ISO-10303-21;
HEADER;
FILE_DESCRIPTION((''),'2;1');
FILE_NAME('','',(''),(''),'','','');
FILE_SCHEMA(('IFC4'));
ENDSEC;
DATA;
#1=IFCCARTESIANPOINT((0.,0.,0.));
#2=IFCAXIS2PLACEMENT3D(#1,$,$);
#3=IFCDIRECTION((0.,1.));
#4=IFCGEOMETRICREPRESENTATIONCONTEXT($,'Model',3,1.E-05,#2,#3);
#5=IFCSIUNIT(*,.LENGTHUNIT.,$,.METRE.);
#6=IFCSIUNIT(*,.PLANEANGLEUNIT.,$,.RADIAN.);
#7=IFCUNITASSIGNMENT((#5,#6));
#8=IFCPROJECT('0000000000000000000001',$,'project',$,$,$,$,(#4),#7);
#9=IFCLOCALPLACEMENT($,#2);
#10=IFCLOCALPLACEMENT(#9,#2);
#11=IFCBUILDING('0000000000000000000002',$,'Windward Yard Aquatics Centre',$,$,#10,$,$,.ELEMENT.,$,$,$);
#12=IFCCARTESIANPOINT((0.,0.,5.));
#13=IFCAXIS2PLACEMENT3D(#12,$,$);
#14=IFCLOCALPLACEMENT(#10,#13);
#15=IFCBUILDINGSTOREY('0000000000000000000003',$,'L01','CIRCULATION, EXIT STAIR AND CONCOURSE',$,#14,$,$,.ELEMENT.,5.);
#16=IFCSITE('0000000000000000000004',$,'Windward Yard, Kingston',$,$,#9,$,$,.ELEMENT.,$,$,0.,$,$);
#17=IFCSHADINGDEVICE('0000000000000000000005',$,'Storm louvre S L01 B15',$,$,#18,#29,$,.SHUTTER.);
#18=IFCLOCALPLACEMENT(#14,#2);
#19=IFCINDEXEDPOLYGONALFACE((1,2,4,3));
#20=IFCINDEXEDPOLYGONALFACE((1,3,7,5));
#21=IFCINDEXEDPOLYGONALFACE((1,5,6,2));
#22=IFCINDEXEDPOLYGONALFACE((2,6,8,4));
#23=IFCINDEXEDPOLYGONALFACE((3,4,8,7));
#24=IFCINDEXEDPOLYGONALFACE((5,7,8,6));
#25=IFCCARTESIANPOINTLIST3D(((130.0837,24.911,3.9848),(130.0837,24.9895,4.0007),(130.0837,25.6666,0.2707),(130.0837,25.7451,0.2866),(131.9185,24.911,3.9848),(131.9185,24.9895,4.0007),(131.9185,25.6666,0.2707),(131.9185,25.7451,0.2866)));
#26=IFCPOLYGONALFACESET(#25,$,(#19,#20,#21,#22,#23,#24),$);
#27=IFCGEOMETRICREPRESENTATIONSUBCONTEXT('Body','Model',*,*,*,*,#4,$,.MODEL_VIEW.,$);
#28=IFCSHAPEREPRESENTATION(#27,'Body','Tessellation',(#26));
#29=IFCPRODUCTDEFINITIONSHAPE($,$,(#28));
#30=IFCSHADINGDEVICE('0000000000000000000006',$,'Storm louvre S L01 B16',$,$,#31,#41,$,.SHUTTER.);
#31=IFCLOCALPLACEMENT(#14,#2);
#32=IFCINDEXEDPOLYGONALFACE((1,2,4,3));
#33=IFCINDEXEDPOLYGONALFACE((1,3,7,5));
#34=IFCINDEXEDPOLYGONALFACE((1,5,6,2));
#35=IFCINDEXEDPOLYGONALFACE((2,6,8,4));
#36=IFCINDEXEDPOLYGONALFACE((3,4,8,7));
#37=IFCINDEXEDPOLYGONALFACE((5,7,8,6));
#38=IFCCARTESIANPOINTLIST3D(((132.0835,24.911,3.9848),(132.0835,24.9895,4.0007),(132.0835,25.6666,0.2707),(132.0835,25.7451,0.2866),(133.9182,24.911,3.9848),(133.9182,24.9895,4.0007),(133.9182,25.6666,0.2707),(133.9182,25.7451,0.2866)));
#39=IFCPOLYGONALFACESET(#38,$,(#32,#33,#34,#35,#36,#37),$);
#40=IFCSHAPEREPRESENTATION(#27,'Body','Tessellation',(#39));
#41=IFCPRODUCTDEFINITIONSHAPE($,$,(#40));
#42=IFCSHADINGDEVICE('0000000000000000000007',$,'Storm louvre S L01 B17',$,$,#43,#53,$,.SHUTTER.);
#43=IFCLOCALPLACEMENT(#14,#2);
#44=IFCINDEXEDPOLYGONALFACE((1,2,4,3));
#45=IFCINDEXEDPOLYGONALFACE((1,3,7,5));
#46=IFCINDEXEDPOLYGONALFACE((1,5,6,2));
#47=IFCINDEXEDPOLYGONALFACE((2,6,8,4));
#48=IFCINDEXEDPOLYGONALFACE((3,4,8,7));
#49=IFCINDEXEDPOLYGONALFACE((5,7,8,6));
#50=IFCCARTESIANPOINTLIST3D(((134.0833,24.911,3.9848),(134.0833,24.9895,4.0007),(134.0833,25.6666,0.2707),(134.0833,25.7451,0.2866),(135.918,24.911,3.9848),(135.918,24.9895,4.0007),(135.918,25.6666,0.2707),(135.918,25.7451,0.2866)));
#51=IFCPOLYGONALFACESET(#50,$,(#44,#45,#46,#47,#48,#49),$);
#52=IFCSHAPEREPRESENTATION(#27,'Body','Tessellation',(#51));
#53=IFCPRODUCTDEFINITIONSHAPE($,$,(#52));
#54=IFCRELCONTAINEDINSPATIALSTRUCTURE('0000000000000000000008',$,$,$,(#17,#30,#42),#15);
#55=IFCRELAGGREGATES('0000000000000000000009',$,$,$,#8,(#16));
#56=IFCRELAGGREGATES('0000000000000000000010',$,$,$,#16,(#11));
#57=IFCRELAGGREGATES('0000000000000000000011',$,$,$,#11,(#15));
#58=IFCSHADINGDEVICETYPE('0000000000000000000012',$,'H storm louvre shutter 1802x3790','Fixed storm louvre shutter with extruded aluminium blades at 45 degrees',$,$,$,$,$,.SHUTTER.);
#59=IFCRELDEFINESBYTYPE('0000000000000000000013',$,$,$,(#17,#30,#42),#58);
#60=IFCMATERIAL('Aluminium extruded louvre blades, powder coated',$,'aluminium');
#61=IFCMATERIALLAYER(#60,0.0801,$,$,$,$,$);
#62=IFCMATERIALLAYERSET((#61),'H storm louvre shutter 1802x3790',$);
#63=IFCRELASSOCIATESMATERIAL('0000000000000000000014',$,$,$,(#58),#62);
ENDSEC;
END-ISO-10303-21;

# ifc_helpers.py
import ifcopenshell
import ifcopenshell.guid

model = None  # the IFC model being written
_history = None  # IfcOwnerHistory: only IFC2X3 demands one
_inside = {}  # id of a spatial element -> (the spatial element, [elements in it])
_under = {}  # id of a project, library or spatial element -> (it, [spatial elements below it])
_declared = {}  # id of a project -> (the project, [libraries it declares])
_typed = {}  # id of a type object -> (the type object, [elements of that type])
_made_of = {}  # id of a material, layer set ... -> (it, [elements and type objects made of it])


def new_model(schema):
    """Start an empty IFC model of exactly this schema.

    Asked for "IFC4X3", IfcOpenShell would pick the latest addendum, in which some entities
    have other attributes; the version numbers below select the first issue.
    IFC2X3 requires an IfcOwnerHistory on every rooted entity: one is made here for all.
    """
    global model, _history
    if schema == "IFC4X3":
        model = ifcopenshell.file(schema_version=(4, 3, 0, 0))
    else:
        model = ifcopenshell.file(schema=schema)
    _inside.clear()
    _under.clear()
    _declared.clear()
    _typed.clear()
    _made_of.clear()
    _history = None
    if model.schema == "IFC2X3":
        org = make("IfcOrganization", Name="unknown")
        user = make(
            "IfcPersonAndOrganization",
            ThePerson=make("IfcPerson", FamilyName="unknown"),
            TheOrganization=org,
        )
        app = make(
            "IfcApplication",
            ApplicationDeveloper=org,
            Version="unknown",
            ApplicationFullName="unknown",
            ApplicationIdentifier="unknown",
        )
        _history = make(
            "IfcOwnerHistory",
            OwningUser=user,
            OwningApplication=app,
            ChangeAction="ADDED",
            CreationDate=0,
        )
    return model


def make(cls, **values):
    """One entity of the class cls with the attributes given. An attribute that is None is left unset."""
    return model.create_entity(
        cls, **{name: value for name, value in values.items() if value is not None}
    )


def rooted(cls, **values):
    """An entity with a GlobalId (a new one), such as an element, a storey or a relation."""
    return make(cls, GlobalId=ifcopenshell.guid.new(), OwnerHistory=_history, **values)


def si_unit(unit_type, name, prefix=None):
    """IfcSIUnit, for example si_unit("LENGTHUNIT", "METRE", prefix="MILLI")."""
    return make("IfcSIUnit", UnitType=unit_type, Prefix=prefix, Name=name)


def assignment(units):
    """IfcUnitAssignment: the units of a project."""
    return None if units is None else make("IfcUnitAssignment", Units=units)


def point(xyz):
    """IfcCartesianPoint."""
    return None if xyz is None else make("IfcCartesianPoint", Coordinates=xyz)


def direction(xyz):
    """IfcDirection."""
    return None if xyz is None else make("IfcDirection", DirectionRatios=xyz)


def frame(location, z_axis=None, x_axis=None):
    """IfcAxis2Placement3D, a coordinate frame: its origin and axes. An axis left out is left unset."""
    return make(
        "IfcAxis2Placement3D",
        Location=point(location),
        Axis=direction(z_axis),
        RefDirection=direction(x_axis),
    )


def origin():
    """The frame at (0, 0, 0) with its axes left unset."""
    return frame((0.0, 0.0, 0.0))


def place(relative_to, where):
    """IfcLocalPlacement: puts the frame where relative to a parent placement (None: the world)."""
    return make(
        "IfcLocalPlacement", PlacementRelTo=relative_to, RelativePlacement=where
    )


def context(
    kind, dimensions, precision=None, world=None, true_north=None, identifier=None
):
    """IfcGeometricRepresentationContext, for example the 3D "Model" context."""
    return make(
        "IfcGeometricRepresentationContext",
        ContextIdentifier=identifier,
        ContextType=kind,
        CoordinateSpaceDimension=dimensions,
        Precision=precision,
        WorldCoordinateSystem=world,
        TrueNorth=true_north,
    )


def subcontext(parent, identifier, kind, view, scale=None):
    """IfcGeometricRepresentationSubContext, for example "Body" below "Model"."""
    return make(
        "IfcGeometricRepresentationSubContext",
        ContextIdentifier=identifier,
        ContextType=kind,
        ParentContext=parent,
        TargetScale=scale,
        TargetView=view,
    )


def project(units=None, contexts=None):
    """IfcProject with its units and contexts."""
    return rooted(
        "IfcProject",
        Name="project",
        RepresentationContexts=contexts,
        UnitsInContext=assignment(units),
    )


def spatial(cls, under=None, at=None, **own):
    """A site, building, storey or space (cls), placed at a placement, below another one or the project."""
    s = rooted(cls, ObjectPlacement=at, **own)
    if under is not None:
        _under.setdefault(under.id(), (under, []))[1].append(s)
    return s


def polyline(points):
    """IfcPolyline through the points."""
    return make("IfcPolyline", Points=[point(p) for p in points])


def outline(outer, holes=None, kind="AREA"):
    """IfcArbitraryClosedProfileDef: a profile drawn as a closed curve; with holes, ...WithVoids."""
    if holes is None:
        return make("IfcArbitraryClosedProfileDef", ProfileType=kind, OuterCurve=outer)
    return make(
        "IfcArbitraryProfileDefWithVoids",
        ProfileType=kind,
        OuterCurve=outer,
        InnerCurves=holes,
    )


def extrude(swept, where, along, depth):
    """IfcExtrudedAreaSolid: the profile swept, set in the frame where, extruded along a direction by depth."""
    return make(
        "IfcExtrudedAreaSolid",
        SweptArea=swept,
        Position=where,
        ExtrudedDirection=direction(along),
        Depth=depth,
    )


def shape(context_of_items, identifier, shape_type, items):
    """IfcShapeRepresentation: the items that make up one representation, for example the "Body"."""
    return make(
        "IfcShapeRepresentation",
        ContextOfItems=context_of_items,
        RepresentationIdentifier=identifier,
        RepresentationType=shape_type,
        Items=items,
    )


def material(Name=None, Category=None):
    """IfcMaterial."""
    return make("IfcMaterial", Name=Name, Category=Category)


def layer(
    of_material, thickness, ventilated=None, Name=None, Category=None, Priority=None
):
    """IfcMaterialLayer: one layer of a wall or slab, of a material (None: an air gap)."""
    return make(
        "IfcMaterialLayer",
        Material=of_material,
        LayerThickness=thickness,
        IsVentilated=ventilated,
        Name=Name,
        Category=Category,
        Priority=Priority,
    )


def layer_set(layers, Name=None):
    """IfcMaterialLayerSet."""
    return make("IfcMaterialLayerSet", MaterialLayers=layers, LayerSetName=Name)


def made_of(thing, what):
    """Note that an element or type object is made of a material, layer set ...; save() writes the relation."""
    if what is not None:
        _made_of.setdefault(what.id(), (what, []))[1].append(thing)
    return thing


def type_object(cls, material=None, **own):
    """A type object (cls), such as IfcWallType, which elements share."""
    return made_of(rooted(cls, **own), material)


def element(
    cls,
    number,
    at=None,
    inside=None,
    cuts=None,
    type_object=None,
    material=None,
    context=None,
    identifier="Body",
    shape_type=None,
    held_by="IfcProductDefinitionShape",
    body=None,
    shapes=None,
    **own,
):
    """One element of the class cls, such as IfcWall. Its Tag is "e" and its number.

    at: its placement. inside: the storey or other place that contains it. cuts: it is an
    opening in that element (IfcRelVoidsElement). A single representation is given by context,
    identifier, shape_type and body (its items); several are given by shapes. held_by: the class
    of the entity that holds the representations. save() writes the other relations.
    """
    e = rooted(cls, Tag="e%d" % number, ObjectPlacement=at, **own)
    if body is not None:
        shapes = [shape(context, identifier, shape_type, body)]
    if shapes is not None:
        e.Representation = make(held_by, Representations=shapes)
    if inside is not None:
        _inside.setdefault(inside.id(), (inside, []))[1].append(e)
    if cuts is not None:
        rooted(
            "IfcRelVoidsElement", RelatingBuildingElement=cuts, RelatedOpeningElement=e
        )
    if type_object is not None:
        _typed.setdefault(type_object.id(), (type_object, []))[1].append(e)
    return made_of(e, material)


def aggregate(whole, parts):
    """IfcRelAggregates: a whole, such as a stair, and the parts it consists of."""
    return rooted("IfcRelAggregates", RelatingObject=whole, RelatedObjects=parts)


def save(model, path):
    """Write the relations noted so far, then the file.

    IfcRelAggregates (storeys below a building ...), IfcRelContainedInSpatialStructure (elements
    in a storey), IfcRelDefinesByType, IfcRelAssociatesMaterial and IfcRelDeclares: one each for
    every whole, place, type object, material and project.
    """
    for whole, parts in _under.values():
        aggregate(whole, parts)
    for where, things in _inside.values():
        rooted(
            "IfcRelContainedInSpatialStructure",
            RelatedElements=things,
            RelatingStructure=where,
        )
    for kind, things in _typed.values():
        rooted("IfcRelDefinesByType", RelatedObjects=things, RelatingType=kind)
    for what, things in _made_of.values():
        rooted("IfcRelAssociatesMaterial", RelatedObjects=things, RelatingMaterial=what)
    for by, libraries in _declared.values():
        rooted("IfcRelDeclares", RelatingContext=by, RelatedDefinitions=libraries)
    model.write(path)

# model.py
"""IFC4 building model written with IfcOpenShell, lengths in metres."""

from ifc_helpers import new_model, si_unit, direction, frame, origin, place, context, subcontext, project, spatial, polyline, outline, extrude, material, layer, layer_set, type_object, element, save


model = new_model("IFC4")

# Units and contexts
model_context = context("Model", 3, precision=1e-05, world=origin(), true_north=direction((0.0, 1.0)))
body_context = subcontext(model_context, "Body", "Model", "MODEL_VIEW")
ifc_project = project(units=[si_unit("LENGTHUNIT", "METRE"), si_unit("PLANEANGLEUNIT", "RADIAN")], contexts=[model_context])

# Site, building, storey
site_placement = place(None, origin())
site = spatial("IfcSite", under=ifc_project, at=site_placement, Name="Windward Yard, Kingston", CompositionType="ELEMENT", RefElevation=0.0)
building_placement = place(site_placement, origin())
building = spatial("IfcBuilding", under=site, at=building_placement, Name="Windward Yard Aquatics Centre", CompositionType="ELEMENT")
storey_placement = place(building_placement, frame((0.0, 0.0, 5.0)))
storey = spatial("IfcBuildingStorey", under=building, at=storey_placement, Name="L01", Description="CIRCULATION, EXIT STAIR AND CONCOURSE", CompositionType="ELEMENT", Elevation=5.0)

# Shading devices
ifc_material_1 = material(Name="Aluminium extruded louvre blades, powder coated", Category="aluminium")
ifc_layer_1 = layer(ifc_material_1, 0.0801)
ifc_layer_set_1 = layer_set([ifc_layer_1], Name="H storm louvre shutter 1802x3790")
shading_device_type = type_object("IfcShadingDeviceType", Name="H storm louvre shutter 1802x3790", Description="Fixed storm louvre shutter with extruded aluminium blades at 45 degrees", PredefinedType="SHUTTER", material=ifc_layer_set_1)
for number, where, z_axis, x_axis, name in (
    (1, (130.0837, 24.9895, 4.0007), (0.0, 0.979926, 0.199361), (0.0, 0.199361, -0.979926), "Storm louvre S L01 B15"),
    (2, (132.0835, 24.9895, 4.0007), (0.0, 0.979926, 0.199361), (0.0, 0.199361, -0.979926), "Storm louvre S L01 B16"),
    (3, (134.0833, 24.9895, 4.0007), (0.0, 0.979926, 0.199361), (0.0, 0.199361, -0.979926), "Storm louvre S L01 B17"),
):
    element("IfcShadingDevice", number, at=place(storey_placement, frame(where, z_axis=z_axis, x_axis=x_axis)), inside=storey, type_object=shading_device_type, Name=name, PredefinedType="SHUTTER", context=body_context, shape_type="SweptSolid", body=[
        extrude(outline(polyline([(0.0, 0.0), (3.7902, 0.0), (3.7902, -1.8347), (0.0, -1.8347), (0.0, 0.0)])), origin(), (0.0, 0.0, -1.0), 0.0801),
    ])

save(model, "model.ifc")
